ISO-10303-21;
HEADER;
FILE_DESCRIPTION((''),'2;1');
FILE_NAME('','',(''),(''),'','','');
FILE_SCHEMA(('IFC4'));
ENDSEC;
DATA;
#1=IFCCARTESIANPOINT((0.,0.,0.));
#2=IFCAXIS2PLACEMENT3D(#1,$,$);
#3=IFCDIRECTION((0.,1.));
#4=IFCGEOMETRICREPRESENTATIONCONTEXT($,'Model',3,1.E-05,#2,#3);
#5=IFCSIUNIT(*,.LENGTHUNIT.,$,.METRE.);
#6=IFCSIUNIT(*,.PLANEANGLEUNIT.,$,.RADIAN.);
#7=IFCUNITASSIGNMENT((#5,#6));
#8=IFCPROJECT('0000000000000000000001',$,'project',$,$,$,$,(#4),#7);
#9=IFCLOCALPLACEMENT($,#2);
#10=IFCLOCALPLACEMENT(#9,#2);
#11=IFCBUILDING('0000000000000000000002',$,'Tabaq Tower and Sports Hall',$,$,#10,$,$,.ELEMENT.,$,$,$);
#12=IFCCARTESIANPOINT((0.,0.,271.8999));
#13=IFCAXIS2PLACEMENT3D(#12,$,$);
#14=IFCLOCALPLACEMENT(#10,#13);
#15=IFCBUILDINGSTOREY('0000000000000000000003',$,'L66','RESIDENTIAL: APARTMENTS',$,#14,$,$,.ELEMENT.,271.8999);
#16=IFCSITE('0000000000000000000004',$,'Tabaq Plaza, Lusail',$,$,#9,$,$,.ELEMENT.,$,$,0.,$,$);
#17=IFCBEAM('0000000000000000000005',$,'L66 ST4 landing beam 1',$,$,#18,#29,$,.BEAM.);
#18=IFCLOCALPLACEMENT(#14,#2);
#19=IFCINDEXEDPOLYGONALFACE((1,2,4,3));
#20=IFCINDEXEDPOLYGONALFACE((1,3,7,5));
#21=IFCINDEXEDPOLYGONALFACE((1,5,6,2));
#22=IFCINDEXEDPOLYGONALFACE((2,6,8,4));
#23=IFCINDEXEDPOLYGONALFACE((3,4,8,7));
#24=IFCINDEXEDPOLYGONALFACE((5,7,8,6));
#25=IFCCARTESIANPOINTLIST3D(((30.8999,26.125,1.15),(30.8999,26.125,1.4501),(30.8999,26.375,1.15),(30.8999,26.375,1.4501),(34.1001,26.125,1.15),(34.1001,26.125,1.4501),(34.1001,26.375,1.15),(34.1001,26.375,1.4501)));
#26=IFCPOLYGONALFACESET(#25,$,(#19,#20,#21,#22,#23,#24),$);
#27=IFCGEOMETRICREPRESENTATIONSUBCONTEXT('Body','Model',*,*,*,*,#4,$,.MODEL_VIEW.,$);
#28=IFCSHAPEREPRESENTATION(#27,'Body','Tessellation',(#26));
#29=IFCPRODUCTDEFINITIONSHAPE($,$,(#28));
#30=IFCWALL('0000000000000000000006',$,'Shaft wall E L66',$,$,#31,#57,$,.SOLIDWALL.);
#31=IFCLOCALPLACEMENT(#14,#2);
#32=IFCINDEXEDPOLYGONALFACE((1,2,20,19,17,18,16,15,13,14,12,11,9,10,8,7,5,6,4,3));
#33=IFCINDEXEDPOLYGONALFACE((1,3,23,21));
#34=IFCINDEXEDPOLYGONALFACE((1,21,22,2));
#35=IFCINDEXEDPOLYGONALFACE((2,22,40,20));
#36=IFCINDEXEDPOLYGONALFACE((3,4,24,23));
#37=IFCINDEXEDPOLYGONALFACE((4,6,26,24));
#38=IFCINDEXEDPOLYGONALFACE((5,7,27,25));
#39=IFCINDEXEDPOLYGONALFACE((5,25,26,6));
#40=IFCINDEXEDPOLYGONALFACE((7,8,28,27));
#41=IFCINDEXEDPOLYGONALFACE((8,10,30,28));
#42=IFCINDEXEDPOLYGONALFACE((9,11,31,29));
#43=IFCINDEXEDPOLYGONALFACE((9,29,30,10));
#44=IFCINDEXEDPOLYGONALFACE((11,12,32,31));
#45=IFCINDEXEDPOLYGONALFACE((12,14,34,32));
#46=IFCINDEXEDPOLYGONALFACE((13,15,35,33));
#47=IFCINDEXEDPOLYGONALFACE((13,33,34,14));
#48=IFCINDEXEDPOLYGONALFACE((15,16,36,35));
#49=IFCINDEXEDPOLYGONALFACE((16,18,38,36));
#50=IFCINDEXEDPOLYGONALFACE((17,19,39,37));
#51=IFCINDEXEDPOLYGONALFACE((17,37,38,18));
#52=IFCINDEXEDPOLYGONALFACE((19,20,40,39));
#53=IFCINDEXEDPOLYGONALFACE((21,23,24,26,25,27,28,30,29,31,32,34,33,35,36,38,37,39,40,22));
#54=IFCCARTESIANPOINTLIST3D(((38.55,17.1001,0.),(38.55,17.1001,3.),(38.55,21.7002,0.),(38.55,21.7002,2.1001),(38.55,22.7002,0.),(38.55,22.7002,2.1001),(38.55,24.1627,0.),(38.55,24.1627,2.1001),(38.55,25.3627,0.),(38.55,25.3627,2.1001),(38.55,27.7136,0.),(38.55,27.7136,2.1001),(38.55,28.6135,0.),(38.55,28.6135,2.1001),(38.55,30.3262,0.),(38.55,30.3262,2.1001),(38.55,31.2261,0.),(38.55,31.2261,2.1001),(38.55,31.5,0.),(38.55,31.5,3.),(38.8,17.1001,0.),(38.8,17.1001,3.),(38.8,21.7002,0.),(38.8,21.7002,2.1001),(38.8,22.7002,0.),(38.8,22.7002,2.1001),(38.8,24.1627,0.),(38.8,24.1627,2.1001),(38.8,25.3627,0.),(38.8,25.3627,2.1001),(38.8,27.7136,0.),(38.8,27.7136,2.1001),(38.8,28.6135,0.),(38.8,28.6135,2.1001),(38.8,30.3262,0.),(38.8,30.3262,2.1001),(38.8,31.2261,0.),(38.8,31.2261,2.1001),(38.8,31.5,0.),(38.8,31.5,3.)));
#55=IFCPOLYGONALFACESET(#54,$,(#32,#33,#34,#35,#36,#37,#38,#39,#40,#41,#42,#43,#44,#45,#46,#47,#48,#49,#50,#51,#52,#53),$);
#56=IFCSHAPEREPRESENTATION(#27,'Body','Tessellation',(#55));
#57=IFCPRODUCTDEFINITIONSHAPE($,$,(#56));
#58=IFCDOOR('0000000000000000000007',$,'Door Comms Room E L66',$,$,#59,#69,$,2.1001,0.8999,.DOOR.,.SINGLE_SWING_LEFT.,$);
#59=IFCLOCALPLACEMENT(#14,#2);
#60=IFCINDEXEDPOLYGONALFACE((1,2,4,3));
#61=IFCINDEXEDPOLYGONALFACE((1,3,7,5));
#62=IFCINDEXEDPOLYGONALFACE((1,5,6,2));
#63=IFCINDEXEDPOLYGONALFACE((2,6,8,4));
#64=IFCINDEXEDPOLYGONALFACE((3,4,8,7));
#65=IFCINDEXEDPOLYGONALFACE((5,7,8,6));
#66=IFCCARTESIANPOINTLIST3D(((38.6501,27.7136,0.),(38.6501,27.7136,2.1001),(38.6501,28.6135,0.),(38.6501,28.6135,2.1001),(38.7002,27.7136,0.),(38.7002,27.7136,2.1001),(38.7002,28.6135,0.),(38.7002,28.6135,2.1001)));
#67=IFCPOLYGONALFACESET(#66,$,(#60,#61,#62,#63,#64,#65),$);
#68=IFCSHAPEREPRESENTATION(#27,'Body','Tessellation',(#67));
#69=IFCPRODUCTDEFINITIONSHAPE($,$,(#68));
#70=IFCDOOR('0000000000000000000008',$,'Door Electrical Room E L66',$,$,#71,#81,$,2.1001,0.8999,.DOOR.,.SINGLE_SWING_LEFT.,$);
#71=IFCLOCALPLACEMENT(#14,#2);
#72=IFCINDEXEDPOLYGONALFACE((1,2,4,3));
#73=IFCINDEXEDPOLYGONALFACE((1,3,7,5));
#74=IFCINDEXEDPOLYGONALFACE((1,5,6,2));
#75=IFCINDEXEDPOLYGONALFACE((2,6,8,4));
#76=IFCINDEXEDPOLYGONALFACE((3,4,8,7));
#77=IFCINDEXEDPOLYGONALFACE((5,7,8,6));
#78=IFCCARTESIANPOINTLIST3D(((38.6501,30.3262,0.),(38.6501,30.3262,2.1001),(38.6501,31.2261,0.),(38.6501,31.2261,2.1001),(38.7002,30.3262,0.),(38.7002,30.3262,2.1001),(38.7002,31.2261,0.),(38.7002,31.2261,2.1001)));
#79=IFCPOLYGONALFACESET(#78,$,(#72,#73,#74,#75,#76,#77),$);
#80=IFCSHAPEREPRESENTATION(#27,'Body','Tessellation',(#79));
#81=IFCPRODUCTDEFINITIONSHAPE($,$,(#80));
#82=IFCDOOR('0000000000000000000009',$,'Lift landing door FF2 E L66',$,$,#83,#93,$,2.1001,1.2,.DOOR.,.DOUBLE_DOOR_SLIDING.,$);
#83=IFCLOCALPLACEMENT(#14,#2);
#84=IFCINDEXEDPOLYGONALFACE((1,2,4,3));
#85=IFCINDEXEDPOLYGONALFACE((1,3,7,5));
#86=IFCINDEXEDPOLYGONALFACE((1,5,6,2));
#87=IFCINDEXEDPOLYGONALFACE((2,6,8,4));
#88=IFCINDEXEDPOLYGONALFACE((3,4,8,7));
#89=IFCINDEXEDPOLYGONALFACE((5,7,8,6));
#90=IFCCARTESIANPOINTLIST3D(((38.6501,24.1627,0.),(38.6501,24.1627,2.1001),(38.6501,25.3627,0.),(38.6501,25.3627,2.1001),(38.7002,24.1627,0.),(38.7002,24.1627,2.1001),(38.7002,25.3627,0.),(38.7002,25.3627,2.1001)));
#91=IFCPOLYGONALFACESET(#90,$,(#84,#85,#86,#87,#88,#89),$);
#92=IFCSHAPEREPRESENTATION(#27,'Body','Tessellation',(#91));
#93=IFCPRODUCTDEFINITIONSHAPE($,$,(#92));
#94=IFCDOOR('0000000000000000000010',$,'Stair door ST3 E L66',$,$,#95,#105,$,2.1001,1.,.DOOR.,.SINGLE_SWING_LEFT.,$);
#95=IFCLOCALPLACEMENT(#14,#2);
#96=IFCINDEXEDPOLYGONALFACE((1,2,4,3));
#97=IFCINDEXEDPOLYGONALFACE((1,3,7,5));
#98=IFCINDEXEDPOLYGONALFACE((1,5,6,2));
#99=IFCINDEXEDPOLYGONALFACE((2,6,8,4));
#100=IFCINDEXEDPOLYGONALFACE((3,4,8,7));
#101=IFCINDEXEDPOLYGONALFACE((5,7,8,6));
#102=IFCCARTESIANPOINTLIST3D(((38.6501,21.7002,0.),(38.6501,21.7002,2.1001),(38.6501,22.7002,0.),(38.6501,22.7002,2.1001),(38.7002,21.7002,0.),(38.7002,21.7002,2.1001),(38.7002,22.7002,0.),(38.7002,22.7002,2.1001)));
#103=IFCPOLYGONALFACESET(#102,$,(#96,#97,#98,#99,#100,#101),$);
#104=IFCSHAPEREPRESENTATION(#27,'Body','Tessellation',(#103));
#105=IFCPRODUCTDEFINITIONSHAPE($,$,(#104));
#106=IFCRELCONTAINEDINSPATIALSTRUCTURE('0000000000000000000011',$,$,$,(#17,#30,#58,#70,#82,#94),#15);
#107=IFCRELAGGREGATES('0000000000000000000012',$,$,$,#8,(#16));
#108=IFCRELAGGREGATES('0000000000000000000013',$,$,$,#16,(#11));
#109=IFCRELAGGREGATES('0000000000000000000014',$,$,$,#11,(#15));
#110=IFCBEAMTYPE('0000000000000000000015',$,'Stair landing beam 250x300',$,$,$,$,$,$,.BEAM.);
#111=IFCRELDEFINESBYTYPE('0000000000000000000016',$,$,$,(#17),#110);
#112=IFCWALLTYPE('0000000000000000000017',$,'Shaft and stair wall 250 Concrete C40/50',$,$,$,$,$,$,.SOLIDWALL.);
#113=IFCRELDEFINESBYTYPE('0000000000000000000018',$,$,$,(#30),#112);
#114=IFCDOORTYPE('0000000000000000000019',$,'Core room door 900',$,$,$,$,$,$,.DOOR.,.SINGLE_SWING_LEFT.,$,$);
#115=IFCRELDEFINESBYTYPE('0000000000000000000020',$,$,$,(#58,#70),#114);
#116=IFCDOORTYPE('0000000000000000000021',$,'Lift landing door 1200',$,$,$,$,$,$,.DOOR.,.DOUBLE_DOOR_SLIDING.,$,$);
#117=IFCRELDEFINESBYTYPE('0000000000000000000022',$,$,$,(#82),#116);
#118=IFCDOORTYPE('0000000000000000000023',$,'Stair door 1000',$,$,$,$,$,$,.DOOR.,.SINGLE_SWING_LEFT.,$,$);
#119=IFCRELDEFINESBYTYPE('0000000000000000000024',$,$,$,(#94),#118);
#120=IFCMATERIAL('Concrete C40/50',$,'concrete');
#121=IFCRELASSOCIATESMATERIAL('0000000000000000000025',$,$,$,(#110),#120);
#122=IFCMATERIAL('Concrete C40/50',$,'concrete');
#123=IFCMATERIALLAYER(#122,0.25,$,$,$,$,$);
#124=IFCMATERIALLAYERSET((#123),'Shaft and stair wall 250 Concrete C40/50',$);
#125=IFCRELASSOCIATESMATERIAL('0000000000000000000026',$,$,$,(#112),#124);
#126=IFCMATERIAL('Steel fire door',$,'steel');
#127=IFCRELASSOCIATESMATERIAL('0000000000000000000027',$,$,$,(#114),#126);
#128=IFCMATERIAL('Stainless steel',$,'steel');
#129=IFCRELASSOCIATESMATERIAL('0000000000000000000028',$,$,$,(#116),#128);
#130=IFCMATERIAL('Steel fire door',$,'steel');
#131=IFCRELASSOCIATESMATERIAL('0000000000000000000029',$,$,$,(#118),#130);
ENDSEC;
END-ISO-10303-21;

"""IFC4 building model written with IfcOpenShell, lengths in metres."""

from ifc_helpers import new_model, si_unit, direction, frame, frame_2d, origin, origin_2d, place, context, subcontext, project, spatial, rectangle, extrude, material, layer, layer_set, material_profile, profile_set, type_object, element, fill, save


model = new_model("IFC4")

# Units and contexts
model_context = context("Model", 3, precision=1e-05, world=origin(), true_north=direction((0.0, 1.0)))
body_context = subcontext(model_context, "Body", "Model", "MODEL_VIEW")
ifc_project = project(units=[si_unit("LENGTHUNIT", "METRE"), si_unit("PLANEANGLEUNIT", "RADIAN")], contexts=[model_context])

# Site, building, storey
site_placement = place(None, origin())
site = spatial("IfcSite", under=ifc_project, at=site_placement, Name="Tabaq Plaza, Lusail", CompositionType="ELEMENT", RefElevation=0.0)
building_placement = place(site_placement, origin())
building = spatial("IfcBuilding", under=site, at=building_placement, Name="Tabaq Tower and Sports Hall", CompositionType="ELEMENT")
storey_placement = place(building_placement, frame((0.0, 0.0, 271.8999)))
storey = spatial("IfcBuildingStorey", under=building, at=storey_placement, Name="L66", Description="RESIDENTIAL: APARTMENTS", CompositionType="ELEMENT", Elevation=271.8999)

# Beam
ifc_material_1 = material(Name="Concrete C40/50", Category="concrete")
ifc_material_profile = material_profile(ifc_material_1, rectangle(XDim=0.25, YDim=0.3, at=origin_2d()), Name="RC 250x300")
ifc_profile_set = profile_set([ifc_material_profile], Name="Concrete C40/50")
beam_type = type_object("IfcBeamType", Name="Stair landing beam 250x300", PredefinedType="BEAM", material=ifc_profile_set)
beam_placement = place(storey_placement, frame((30.8999, 26.25, 1.3), z_axis=(1.0, 0.0, 0.0), x_axis=(0.0, 1.0, 0.0)))
element("IfcBeam", 1, at=beam_placement, inside=storey, type_object=beam_type, Name="L66 ST4 landing beam 1", PredefinedType="BEAM", context=body_context, shape_type="SweptSolid", body=[
    extrude(rectangle(XDim=0.25, YDim=0.3, at=origin_2d()), origin(), (0.0, 0.0, 1.0), 3.2002),
])

# Wall, openings, doors
ifc_material_2 = material(Name="Concrete C40/50", Category="concrete")
ifc_layer = layer(ifc_material_2, 0.25)
ifc_layer_set = layer_set([ifc_layer], Name="Shaft and stair wall 250 Concrete C40/50")
wall_type = type_object("IfcWallType", Name="Shaft and stair wall 250 Concrete C40/50", PredefinedType="SOLIDWALL", material=ifc_layer_set)
wall_1_placement = place(storey_placement, frame((38.675, 17.1001, 0.0), z_axis=(0.0, 0.0, 1.0), x_axis=(0.0, 1.0, 0.0)))
wall_1 = element("IfcWall", 2, at=wall_1_placement, inside=storey, type_object=wall_type, Name="Shaft wall E L66", PredefinedType="SOLIDWALL", context=body_context, shape_type="SweptSolid", body=[
    extrude(rectangle(XDim=14.3999, YDim=0.25, at=frame_2d((7.2, 0.0))), origin(), (0.0, 0.0, 1.0), 3.0),
])
opening_1_placement = place(wall_1_placement, frame((4.6001, 0.0, 0.0)))
opening_1 = element("IfcOpeningElement", 3, at=opening_1_placement, cuts=wall_1, PredefinedType="OPENING", context=body_context, shape_type="SweptSolid", body=[
    extrude(rectangle(XDim=1.0, YDim=2.1001, at=frame_2d((0.5, 1.05))), frame((0.0, 0.125, 0.0), z_axis=(0.0, -1.0, 0.0), x_axis=(1.0, 0.0, 0.0)), (0.0, 0.0, 1.0), 0.25),
])
opening_2_placement = place(wall_1_placement, frame((7.0625, 0.0, 0.0)))
opening_2 = element("IfcOpeningElement", 4, at=opening_2_placement, cuts=wall_1, PredefinedType="OPENING", context=body_context, shape_type="SweptSolid", body=[
    extrude(rectangle(XDim=1.2, YDim=2.1001, at=frame_2d((0.6001, 1.05))), frame((0.0, 0.125, 0.0), z_axis=(0.0, -1.0, 0.0), x_axis=(1.0, 0.0, 0.0)), (0.0, 0.0, 1.0), 0.25),
])
opening_3_placement = place(wall_1_placement, frame((10.6135, 0.0, 0.0)))
opening_3 = element("IfcOpeningElement", 5, at=opening_3_placement, cuts=wall_1, PredefinedType="OPENING", context=body_context, shape_type="SweptSolid", body=[
    extrude(rectangle(XDim=0.8999, YDim=2.1001, at=frame_2d((0.45, 1.05))), frame((0.0, 0.125, 0.0), z_axis=(0.0, -1.0, 0.0), x_axis=(1.0, 0.0, 0.0)), (0.0, 0.0, 1.0), 0.25),
])
opening_4_placement = place(wall_1_placement, frame((13.2261, 0.0, 0.0)))
opening_4 = element("IfcOpeningElement", 6, at=opening_4_placement, cuts=wall_1, PredefinedType="OPENING", context=body_context, shape_type="SweptSolid", body=[
    extrude(rectangle(XDim=0.8999, YDim=2.1001, at=frame_2d((0.45, 1.05))), frame((0.0, 0.125, 0.0), z_axis=(0.0, -1.0, 0.0), x_axis=(1.0, 0.0, 0.0)), (0.0, 0.0, 1.0), 0.25),
])
ifc_material_3 = material(Name="Steel fire door", Category="steel")
door_type_1 = type_object("IfcDoorType", Name="Core room door 900", OperationType="SINGLE_SWING_LEFT", PredefinedType="DOOR", material=ifc_material_3)
door_1_placement = place(opening_3_placement, origin())
door_1 = element("IfcDoor", 7, at=door_1_placement, inside=storey, type_object=door_type_1, Name="Door Comms Room E L66", OperationType="SINGLE_SWING_LEFT", OverallHeight=2.1001, OverallWidth=0.8999, PredefinedType="DOOR", context=body_context, shape_type="SweptSolid", body=[
    extrude(rectangle(XDim=0.8999, YDim=2.1001, at=frame_2d((0.45, 1.05))), frame((0.0, 0.0249, 0.0), z_axis=(0.0, -1.0, 0.0), x_axis=(1.0, 0.0, 0.0)), (0.0, 0.0, 1.0), 0.05),
])
fill(opening_3, door_1)
door_2_placement = place(opening_4_placement, origin())
door_2 = element("IfcDoor", 8, at=door_2_placement, inside=storey, type_object=door_type_1, Name="Door Electrical Room E L66", OperationType="SINGLE_SWING_LEFT", OverallHeight=2.1001, OverallWidth=0.8999, PredefinedType="DOOR", context=body_context, shape_type="SweptSolid", body=[
    extrude(rectangle(XDim=0.8999, YDim=2.1001, at=frame_2d((0.45, 1.05))), frame((0.0, 0.0249, 0.0), z_axis=(0.0, -1.0, 0.0), x_axis=(1.0, 0.0, 0.0)), (0.0, 0.0, 1.0), 0.05),
])
fill(opening_4, door_2)
ifc_material_4 = material(Name="Stainless steel", Category="steel")
door_type_2 = type_object("IfcDoorType", Name="Lift landing door 1200", OperationType="DOUBLE_DOOR_SLIDING", PredefinedType="DOOR", material=ifc_material_4)
door_3_placement = place(opening_2_placement, origin())
door_3 = element("IfcDoor", 9, at=door_3_placement, inside=storey, type_object=door_type_2, Name="Lift landing door FF2 E L66", OperationType="DOUBLE_DOOR_SLIDING", OverallHeight=2.1001, OverallWidth=1.2, PredefinedType="DOOR", context=body_context, shape_type="SweptSolid", body=[
    extrude(rectangle(XDim=1.2, YDim=2.1001, at=frame_2d((0.6001, 1.05))), frame((0.0, 0.0249, 0.0), z_axis=(0.0, -1.0, 0.0), x_axis=(1.0, 0.0, 0.0)), (0.0, 0.0, 1.0), 0.05),
])
fill(opening_2, door_3)
ifc_material_5 = material(Name="Steel fire door", Category="steel")
door_type_3 = type_object("IfcDoorType", Name="Stair door 1000", OperationType="SINGLE_SWING_LEFT", PredefinedType="DOOR", material=ifc_material_5)
door_4_placement = place(opening_1_placement, origin())
door_4 = element("IfcDoor", 10, at=door_4_placement, inside=storey, type_object=door_type_3, Name="Stair door ST3 E L66", OperationType="SINGLE_SWING_LEFT", OverallHeight=2.1001, OverallWidth=1.0, PredefinedType="DOOR", context=body_context, shape_type="SweptSolid", body=[
    extrude(rectangle(XDim=1.0, YDim=2.1001, at=frame_2d((0.5, 1.05))), frame((0.0, 0.0249, 0.0), z_axis=(0.0, -1.0, 0.0), x_axis=(1.0, 0.0, 0.0)), (0.0, 0.0, 1.0), 0.05),
])
fill(opening_1, door_4)

save(model, "model.ifc")
